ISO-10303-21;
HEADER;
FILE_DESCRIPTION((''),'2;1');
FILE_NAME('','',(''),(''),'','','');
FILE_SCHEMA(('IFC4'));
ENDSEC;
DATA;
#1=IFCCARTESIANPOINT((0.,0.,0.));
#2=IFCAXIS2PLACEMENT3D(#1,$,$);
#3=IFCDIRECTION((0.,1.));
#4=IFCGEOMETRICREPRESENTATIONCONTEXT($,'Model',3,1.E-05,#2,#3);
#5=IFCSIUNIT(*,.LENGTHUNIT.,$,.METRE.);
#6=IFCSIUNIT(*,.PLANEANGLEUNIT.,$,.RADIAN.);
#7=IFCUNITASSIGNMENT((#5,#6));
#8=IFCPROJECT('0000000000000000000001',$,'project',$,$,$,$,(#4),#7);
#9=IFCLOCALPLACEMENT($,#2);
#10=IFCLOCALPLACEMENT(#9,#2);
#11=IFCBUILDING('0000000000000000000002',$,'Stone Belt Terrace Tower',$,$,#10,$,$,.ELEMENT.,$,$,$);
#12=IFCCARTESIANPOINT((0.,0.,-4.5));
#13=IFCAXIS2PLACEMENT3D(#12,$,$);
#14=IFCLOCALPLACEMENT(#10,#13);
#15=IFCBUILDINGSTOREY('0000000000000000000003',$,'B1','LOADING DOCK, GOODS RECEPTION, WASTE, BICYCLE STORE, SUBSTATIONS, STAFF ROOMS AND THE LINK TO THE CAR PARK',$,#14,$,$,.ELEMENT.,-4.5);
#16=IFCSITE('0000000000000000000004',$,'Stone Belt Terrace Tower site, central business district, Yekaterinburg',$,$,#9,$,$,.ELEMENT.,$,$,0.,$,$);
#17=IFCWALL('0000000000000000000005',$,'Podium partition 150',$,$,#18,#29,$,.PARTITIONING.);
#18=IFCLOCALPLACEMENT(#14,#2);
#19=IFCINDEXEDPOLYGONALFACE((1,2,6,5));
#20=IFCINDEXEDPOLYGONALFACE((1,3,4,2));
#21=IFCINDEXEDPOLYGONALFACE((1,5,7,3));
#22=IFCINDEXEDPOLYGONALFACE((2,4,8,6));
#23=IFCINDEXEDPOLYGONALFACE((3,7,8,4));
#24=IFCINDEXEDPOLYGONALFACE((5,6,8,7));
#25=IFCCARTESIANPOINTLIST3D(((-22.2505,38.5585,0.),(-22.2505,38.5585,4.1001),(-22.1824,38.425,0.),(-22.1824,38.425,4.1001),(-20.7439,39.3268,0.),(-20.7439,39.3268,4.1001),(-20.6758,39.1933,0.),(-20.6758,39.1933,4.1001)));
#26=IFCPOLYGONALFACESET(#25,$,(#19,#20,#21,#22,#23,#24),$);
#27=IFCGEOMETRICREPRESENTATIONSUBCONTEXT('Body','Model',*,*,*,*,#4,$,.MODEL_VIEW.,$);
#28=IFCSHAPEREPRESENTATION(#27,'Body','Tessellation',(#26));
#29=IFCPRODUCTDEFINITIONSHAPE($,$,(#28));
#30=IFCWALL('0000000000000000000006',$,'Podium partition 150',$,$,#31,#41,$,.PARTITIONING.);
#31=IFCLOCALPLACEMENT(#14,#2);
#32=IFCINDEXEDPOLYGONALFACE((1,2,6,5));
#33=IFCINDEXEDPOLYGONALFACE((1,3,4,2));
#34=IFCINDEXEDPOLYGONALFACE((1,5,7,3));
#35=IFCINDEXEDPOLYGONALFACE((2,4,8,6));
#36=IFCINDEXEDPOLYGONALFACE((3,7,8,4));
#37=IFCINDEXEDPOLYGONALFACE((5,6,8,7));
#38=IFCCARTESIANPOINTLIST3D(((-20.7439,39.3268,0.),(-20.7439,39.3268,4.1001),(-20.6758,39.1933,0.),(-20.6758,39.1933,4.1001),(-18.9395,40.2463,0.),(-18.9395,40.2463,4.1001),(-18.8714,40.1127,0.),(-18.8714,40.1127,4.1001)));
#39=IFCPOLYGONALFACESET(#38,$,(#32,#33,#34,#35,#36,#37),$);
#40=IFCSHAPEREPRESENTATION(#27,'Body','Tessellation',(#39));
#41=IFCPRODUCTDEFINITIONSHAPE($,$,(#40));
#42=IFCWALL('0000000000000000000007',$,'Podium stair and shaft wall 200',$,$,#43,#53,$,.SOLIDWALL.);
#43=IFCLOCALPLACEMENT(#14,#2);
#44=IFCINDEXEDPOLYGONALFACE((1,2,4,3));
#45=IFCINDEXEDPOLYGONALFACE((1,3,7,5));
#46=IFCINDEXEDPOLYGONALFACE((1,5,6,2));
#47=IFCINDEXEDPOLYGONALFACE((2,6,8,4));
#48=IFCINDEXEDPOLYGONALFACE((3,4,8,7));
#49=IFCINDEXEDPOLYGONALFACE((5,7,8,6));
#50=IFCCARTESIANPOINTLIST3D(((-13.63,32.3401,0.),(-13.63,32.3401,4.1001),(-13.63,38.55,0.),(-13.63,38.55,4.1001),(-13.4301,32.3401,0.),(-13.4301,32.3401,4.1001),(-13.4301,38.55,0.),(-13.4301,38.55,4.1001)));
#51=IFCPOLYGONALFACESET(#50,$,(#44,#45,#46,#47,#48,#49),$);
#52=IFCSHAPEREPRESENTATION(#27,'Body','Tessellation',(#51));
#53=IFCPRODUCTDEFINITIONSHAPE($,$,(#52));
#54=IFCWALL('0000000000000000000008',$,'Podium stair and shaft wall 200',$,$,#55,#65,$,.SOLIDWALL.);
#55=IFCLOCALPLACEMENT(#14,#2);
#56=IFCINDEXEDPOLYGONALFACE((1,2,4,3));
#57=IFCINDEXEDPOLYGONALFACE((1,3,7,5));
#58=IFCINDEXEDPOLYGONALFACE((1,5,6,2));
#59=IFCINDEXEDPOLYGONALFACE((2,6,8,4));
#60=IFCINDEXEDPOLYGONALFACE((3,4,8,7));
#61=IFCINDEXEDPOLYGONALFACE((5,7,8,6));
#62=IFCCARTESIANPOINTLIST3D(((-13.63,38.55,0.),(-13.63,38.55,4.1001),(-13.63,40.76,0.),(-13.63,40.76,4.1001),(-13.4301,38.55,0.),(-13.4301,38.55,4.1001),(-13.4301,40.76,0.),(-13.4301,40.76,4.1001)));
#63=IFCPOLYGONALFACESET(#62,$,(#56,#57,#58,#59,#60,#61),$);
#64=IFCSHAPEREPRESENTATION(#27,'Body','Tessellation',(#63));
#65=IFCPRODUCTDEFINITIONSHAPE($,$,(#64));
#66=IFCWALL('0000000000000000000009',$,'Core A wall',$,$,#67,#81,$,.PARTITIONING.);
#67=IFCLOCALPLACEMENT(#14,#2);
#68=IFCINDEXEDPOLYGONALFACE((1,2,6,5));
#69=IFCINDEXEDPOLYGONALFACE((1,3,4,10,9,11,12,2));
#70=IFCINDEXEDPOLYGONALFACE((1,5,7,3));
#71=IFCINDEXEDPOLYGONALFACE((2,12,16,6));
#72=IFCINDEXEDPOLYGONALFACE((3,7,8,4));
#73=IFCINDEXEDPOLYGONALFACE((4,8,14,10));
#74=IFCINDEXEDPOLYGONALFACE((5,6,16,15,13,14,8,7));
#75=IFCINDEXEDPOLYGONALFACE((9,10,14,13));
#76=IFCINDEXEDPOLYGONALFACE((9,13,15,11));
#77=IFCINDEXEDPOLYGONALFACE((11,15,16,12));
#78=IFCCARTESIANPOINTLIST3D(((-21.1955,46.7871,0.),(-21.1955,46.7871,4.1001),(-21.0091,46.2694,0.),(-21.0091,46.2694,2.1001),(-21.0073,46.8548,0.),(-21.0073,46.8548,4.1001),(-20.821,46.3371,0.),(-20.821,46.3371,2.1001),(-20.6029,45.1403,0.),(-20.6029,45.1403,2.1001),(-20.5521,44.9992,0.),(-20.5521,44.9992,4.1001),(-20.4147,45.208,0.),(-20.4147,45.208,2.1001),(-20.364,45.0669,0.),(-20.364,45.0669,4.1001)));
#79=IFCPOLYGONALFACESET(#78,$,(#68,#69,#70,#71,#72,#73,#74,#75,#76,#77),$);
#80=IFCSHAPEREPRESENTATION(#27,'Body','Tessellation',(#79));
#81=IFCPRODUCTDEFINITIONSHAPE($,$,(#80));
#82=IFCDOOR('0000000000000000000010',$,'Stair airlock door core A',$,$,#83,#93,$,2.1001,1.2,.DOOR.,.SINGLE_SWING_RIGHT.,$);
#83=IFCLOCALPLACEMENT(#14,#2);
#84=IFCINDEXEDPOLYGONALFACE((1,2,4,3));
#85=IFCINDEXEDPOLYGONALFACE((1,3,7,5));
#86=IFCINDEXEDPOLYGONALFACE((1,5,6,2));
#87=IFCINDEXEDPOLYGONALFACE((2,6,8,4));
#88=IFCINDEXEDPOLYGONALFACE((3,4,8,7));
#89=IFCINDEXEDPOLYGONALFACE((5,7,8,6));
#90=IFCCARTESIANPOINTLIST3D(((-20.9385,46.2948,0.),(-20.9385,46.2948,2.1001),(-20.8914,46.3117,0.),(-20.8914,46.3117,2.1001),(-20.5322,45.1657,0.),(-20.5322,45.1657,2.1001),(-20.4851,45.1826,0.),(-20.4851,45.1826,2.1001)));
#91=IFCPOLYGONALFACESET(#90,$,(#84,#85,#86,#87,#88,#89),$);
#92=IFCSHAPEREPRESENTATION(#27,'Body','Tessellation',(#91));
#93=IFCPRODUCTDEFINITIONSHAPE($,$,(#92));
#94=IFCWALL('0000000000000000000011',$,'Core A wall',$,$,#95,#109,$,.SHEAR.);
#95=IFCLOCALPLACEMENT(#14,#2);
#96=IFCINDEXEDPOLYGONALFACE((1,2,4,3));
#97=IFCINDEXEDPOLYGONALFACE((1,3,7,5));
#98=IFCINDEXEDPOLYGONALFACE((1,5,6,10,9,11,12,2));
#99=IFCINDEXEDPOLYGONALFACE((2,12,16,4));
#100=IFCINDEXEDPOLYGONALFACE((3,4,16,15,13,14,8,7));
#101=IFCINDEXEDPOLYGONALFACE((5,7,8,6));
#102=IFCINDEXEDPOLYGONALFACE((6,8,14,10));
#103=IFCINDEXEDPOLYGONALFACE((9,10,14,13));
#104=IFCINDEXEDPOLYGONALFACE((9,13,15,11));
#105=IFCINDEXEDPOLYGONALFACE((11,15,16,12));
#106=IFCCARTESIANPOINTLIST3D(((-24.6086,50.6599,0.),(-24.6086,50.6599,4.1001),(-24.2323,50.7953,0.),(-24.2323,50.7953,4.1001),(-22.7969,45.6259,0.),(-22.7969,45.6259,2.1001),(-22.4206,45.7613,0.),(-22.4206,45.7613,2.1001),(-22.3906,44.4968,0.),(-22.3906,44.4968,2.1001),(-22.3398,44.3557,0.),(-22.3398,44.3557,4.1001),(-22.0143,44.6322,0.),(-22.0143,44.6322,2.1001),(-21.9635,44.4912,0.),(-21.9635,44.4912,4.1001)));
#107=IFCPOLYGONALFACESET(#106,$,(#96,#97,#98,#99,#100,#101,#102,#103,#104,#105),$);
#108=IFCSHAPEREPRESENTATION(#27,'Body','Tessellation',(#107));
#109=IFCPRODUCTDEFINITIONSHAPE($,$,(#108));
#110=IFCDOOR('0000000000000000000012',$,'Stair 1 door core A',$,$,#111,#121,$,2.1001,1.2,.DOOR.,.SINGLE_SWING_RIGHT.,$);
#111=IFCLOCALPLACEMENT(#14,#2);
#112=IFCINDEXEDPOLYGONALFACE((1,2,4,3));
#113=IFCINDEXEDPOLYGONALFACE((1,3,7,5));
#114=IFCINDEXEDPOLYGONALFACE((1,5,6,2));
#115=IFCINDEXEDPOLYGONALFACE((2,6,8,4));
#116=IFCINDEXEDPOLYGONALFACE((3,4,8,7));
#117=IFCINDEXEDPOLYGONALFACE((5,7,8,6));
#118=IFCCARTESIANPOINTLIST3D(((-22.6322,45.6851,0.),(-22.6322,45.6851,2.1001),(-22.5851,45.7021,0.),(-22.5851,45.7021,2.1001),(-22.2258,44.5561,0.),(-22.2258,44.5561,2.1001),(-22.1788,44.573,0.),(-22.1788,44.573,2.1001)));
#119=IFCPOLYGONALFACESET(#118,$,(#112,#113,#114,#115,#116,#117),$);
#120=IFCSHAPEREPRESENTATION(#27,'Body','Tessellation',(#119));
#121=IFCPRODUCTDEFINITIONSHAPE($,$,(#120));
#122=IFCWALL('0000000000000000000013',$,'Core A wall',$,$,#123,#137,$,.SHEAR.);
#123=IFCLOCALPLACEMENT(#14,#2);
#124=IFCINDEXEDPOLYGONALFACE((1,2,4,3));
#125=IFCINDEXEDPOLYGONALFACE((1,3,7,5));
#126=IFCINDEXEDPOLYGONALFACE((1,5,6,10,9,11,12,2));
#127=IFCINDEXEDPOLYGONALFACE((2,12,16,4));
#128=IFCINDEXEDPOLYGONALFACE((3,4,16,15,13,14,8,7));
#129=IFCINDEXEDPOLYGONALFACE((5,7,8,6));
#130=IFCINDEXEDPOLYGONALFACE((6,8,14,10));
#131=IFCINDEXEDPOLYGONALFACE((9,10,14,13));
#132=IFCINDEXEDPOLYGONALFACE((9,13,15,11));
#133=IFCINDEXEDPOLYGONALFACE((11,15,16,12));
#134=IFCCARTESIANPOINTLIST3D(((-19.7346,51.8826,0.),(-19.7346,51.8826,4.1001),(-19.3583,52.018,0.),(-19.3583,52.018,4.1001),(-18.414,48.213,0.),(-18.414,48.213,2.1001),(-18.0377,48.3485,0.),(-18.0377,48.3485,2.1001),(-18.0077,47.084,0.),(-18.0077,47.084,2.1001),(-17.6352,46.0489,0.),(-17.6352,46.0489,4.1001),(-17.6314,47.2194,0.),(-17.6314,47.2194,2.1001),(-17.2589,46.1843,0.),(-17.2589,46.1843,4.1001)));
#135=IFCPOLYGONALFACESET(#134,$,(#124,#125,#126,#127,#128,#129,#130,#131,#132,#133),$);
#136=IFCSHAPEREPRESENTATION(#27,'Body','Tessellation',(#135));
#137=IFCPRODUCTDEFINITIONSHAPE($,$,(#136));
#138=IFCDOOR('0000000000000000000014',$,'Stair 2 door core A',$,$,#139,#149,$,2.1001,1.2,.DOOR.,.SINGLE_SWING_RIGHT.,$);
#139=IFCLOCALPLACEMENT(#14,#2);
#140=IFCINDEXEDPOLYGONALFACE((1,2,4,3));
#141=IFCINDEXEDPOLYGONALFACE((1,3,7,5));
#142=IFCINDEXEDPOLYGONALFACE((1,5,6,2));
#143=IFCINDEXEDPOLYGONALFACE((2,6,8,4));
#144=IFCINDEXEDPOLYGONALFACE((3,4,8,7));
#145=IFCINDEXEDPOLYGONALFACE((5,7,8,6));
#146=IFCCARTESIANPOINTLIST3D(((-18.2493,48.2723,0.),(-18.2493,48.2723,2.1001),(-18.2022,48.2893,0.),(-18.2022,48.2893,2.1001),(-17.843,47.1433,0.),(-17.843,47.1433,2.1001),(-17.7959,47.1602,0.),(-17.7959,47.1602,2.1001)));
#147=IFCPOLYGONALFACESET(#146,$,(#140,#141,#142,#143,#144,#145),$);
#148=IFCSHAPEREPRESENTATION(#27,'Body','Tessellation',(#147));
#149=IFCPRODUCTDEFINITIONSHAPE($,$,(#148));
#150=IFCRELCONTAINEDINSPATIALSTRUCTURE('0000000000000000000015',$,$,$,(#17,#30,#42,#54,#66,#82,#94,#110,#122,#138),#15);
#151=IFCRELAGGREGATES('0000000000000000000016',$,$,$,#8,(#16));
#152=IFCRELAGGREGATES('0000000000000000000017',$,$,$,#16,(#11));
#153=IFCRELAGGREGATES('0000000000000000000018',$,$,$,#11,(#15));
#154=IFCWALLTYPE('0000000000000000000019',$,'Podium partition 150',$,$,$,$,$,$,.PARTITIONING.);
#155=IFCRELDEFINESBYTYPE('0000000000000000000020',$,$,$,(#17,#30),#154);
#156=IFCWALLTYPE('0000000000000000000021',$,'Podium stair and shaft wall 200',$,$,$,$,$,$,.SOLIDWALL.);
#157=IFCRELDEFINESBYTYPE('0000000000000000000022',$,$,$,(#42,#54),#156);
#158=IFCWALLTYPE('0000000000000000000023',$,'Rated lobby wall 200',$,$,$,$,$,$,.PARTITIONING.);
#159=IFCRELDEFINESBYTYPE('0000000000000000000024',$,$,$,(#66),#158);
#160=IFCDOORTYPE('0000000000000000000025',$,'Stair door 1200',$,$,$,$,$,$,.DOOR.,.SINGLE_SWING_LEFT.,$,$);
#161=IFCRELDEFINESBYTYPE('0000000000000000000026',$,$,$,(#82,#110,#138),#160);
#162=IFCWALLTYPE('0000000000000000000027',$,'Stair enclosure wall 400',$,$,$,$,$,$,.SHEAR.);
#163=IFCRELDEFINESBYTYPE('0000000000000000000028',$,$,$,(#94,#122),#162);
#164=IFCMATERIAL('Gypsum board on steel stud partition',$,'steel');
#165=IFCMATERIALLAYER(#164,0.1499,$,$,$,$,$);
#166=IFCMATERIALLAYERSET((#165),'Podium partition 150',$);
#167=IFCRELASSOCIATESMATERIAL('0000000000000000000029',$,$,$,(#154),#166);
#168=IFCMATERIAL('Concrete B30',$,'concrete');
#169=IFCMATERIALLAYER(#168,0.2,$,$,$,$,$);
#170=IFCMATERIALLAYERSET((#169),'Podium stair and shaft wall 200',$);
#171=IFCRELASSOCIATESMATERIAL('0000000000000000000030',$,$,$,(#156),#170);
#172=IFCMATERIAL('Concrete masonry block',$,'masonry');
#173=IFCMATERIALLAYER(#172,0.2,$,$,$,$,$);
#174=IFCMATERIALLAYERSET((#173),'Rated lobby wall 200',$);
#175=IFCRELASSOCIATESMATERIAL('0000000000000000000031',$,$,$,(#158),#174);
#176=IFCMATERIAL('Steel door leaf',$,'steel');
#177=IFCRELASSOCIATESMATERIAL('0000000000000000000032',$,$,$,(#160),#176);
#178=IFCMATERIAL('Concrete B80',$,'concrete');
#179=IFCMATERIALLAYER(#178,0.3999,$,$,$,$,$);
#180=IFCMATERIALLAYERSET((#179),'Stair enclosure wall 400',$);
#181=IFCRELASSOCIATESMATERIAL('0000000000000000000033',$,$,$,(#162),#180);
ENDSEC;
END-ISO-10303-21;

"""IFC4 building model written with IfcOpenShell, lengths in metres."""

from ifc_helpers import new_model, si_unit, direction, frame, frame_2d, origin, place, context, subcontext, project, spatial, rectangle, extrude, material, layer, layer_set, type_object, element, fill, save


model = new_model("IFC4")

# Units and contexts
model_context = context("Model", 3, precision=1e-05, world=origin(), true_north=direction((0.0, 1.0)))
body_context = subcontext(model_context, "Body", "Model", "MODEL_VIEW")
ifc_project = project(units=[si_unit("LENGTHUNIT", "METRE"), si_unit("PLANEANGLEUNIT", "RADIAN")], contexts=[model_context])

# Site, building, storey
site_placement = place(None, origin())
site = spatial("IfcSite", under=ifc_project, at=site_placement, Name="Stone Belt Terrace Tower site, central business district, Yekaterinburg", CompositionType="ELEMENT", RefElevation=0.0)
building_placement = place(site_placement, origin())
building = spatial("IfcBuilding", under=site, at=building_placement, Name="Stone Belt Terrace Tower", CompositionType="ELEMENT")
storey_placement = place(building_placement, frame((0.0, 0.0, -4.5)))
storey = spatial("IfcBuildingStorey", under=building, at=storey_placement, Name="B1", Description="LOADING DOCK, GOODS RECEPTION, WASTE, BICYCLE STORE, SUBSTATIONS, STAFF ROOMS AND THE LINK TO THE CAR PARK", CompositionType="ELEMENT", Elevation=-4.5)

# Shared definitions
ifc_material_1 = material(Name="Concrete B80", Category="concrete")

# Walls
ifc_material_2 = material(Name="Gypsum board on steel stud partition", Category="steel")
ifc_layer_1 = layer(ifc_material_2, 0.1499)
ifc_layer_set_1 = layer_set([ifc_layer_1], Name="Podium partition 150")
wall_type_1 = type_object("IfcWallType", Name="Podium partition 150", PredefinedType="PARTITIONING", material=ifc_layer_set_1)
wall_1_placement = place(storey_placement, frame((-22.2166, 38.4917, 0.0), z_axis=(0.0, 0.0, 1.0), x_axis=(0.890848, 0.454302, 0.0)))
element("IfcWall", 1, at=wall_1_placement, inside=storey, type_object=wall_type_1, Name="Podium partition 150", PredefinedType="PARTITIONING", context=body_context, shape_type="SweptSolid", body=[
    extrude(rectangle(XDim=1.6912, YDim=0.1499, at=frame_2d((0.8457, 0.0))), origin(), (0.0, 0.0, 1.0), 4.1001),
])
wall_2_placement = place(storey_placement, frame((-20.71, 39.26, 0.0), z_axis=(0.0, 0.0, 1.0), x_axis=(0.891002, 0.454, 0.0)))
element("IfcWall", 2, at=wall_2_placement, inside=storey, type_object=wall_type_1, Name="Podium partition 150", PredefinedType="PARTITIONING", context=body_context, shape_type="SweptSolid", body=[
    extrude(rectangle(XDim=2.0251, YDim=0.1499, at=frame_2d((1.0127, 0.0))), origin(), (0.0, 0.0, 1.0), 4.1001),
])
ifc_material_3 = material(Name="Concrete B30", Category="concrete")
ifc_layer_2 = layer(ifc_material_3, 0.2)
ifc_layer_set_2 = layer_set([ifc_layer_2], Name="Podium stair and shaft wall 200")
wall_type_2 = type_object("IfcWallType", Name="Podium stair and shaft wall 200", PredefinedType="SOLIDWALL", material=ifc_layer_set_2)
wall_3_placement = place(storey_placement, frame((-13.53, 32.3401, 0.0), z_axis=(0.0, 0.0, 1.0), x_axis=(0.0, 1.0, 0.0)))
element("IfcWall", 3, at=wall_3_placement, inside=storey, type_object=wall_type_2, Name="Podium stair and shaft wall 200", PredefinedType="SOLIDWALL", context=body_context, shape_type="SweptSolid", body=[
    extrude(rectangle(XDim=6.21, YDim=0.2, at=frame_2d((3.105, 0.0))), origin(), (0.0, 0.0, 1.0), 4.1001),
])
wall_4_placement = place(storey_placement, frame((-13.53, 38.55, 0.0), z_axis=(0.0, 0.0, 1.0), x_axis=(0.0, 1.0, 0.0)))
element("IfcWall", 4, at=wall_4_placement, inside=storey, type_object=wall_type_2, Name="Podium stair and shaft wall 200", PredefinedType="SOLIDWALL", context=body_context, shape_type="SweptSolid", body=[
    extrude(rectangle(XDim=2.21, YDim=0.2, at=frame_2d((1.105, 0.0))), origin(), (0.0, 0.0, 1.0), 4.1001),
])

# Walls, openings, doors
ifc_material_4 = material(Name="Concrete masonry block", Category="masonry")
ifc_layer_3 = layer(ifc_material_4, 0.2)
ifc_layer_set_3 = layer_set([ifc_layer_3], Name="Rated lobby wall 200")
wall_type_3 = type_object("IfcWallType", Name="Rated lobby wall 200", PredefinedType="PARTITIONING", material=ifc_layer_set_3)
wall_5_placement = place(storey_placement, frame((-20.458, 45.033, 0.0), z_axis=(0.0, 0.0, 1.0), x_axis=(-0.338574, 0.94094, 0.0)))
wall_5 = element("IfcWall", 5, at=wall_5_placement, inside=storey, type_object=wall_type_3, Name="Core A wall", PredefinedType="PARTITIONING", context=body_context, shape_type="SweptSolid", body=[
    extrude(rectangle(XDim=1.9001, YDim=0.2, at=frame_2d((0.9502, 0.0))), origin(), (0.0, 0.0, 1.0), 4.1001),
])
opening_1_placement = place(wall_5_placement, frame((0.1499, 0.0, 0.0)))
opening_1 = element("IfcOpeningElement", 6, at=opening_1_placement, cuts=wall_5, PredefinedType="OPENING", context=body_context, shape_type="SweptSolid", body=[
    extrude(rectangle(XDim=1.2, YDim=2.1001, at=frame_2d((0.6001, 1.05))), frame((0.0, 0.1099, 0.0), z_axis=(0.0, -1.0, 0.0), x_axis=(1.0, 0.0, 0.0)), (0.0, 0.0, 1.0), 0.22),
])
ifc_material_5 = material(Name="Steel door leaf", Category="steel")
door_type_1 = type_object("IfcDoorType", Name="Stair door 1200", OperationType="SINGLE_SWING_LEFT", PredefinedType="DOOR", material=ifc_material_5)
door_1_placement = place(opening_1_placement, origin())
door_1 = element("IfcDoor", 7, at=door_1_placement, inside=storey, type_object=door_type_1, Name="Stair airlock door core A", OperationType="SINGLE_SWING_RIGHT", OverallHeight=2.1001, OverallWidth=1.2, PredefinedType="DOOR", context=body_context, shape_type="SweptSolid", body=[
    extrude(rectangle(XDim=1.2, YDim=2.1001, at=frame_2d((0.6001, 1.05))), frame((0.0, 0.0249, 0.0), z_axis=(0.0, -1.0, 0.0), x_axis=(1.0, 0.0, 0.0)), (0.0, 0.0, 1.0), 0.05),
])
fill(opening_1, door_1)
ifc_layer_4 = layer(ifc_material_1, 0.3999)
ifc_layer_set_4 = layer_set([ifc_layer_4], Name="Stair enclosure wall 400")
wall_type_4 = type_object("IfcWallType", Name="Stair enclosure wall 400", PredefinedType="SHEAR", material=ifc_layer_set_4)
wall_6_placement = place(storey_placement, frame((-22.1516, 44.4233, 0.0), z_axis=(0.0, 0.0, 1.0), x_axis=(-0.338625, 0.940921, 0.0)))
wall_6 = element("IfcWall", 8, at=wall_6_placement, inside=storey, type_object=wall_type_4, Name="Core A wall", PredefinedType="SHEAR", context=body_context, shape_type="SweptSolid", body=[
    extrude(rectangle(XDim=6.7, YDim=0.3999, at=frame_2d((3.3501, 0.0))), origin(), (0.0, 0.0, 1.0), 4.1001),
])
opening_2_placement = place(wall_6_placement, frame((0.1499, 0.0, 0.0)))
opening_2 = element("IfcOpeningElement", 9, at=opening_2_placement, cuts=wall_6, PredefinedType="OPENING", context=body_context, shape_type="SweptSolid", body=[
    extrude(rectangle(XDim=1.2, YDim=2.1001, at=frame_2d((0.6001, 1.05))), frame((0.0, 0.21, 0.0), z_axis=(0.0, -1.0, 0.0), x_axis=(1.0, 0.0, 0.0)), (0.0, 0.0, 1.0), 0.4199),
])
door_2_placement = place(opening_2_placement, origin())
door_2 = element("IfcDoor", 10, at=door_2_placement, inside=storey, type_object=door_type_1, Name="Stair 1 door core A", OperationType="SINGLE_SWING_RIGHT", OverallHeight=2.1001, OverallWidth=1.2, PredefinedType="DOOR", context=body_context, shape_type="SweptSolid", body=[
    extrude(rectangle(XDim=1.2, YDim=2.1001, at=frame_2d((0.6001, 1.05))), frame((0.0, 0.0249, 0.0), z_axis=(0.0, -1.0, 0.0), x_axis=(1.0, 0.0, 0.0)), (0.0, 0.0, 1.0), 0.05),
])
fill(opening_2, door_2)
wall_7_placement = place(storey_placement, frame((-17.447, 46.1165, 0.0), z_axis=(0.0, 0.0, 1.0), x_axis=(-0.338608, 0.940928, 0.0)))
wall_7 = element("IfcWall", 11, at=wall_7_placement, inside=storey, type_object=wall_type_4, Name="Core A wall", PredefinedType="SHEAR", context=body_context, shape_type="SweptSolid", body=[
    extrude(rectangle(XDim=6.2, YDim=0.3999, at=frame_2d((3.1001, 0.0))), origin(), (0.0, 0.0, 1.0), 4.1001),
])
opening_3_placement = place(wall_7_placement, frame((1.1001, 0.0, 0.0)))
opening_3 = element("IfcOpeningElement", 12, at=opening_3_placement, cuts=wall_7, PredefinedType="OPENING", context=body_context, shape_type="SweptSolid", body=[
    extrude(rectangle(XDim=1.2, YDim=2.1001, at=frame_2d((0.6001, 1.05))), frame((0.0, 0.21, 0.0), z_axis=(0.0, -1.0, 0.0), x_axis=(1.0, 0.0, 0.0)), (0.0, 0.0, 1.0), 0.4199),
])
door_3_placement = place(opening_3_placement, origin())
door_3 = element("IfcDoor", 13, at=door_3_placement, inside=storey, type_object=door_type_1, Name="Stair 2 door core A", OperationType="SINGLE_SWING_RIGHT", OverallHeight=2.1001, OverallWidth=1.2, PredefinedType="DOOR", context=body_context, shape_type="SweptSolid", body=[
    extrude(rectangle(XDim=1.2, YDim=2.1001, at=frame_2d((0.6001, 1.05))), frame((0.0, 0.0249, 0.0), z_axis=(0.0, -1.0, 0.0), x_axis=(1.0, 0.0, 0.0)), (0.0, 0.0, 1.0), 0.05),
])
fill(opening_3, door_3)

save(model, "model.ifc")
